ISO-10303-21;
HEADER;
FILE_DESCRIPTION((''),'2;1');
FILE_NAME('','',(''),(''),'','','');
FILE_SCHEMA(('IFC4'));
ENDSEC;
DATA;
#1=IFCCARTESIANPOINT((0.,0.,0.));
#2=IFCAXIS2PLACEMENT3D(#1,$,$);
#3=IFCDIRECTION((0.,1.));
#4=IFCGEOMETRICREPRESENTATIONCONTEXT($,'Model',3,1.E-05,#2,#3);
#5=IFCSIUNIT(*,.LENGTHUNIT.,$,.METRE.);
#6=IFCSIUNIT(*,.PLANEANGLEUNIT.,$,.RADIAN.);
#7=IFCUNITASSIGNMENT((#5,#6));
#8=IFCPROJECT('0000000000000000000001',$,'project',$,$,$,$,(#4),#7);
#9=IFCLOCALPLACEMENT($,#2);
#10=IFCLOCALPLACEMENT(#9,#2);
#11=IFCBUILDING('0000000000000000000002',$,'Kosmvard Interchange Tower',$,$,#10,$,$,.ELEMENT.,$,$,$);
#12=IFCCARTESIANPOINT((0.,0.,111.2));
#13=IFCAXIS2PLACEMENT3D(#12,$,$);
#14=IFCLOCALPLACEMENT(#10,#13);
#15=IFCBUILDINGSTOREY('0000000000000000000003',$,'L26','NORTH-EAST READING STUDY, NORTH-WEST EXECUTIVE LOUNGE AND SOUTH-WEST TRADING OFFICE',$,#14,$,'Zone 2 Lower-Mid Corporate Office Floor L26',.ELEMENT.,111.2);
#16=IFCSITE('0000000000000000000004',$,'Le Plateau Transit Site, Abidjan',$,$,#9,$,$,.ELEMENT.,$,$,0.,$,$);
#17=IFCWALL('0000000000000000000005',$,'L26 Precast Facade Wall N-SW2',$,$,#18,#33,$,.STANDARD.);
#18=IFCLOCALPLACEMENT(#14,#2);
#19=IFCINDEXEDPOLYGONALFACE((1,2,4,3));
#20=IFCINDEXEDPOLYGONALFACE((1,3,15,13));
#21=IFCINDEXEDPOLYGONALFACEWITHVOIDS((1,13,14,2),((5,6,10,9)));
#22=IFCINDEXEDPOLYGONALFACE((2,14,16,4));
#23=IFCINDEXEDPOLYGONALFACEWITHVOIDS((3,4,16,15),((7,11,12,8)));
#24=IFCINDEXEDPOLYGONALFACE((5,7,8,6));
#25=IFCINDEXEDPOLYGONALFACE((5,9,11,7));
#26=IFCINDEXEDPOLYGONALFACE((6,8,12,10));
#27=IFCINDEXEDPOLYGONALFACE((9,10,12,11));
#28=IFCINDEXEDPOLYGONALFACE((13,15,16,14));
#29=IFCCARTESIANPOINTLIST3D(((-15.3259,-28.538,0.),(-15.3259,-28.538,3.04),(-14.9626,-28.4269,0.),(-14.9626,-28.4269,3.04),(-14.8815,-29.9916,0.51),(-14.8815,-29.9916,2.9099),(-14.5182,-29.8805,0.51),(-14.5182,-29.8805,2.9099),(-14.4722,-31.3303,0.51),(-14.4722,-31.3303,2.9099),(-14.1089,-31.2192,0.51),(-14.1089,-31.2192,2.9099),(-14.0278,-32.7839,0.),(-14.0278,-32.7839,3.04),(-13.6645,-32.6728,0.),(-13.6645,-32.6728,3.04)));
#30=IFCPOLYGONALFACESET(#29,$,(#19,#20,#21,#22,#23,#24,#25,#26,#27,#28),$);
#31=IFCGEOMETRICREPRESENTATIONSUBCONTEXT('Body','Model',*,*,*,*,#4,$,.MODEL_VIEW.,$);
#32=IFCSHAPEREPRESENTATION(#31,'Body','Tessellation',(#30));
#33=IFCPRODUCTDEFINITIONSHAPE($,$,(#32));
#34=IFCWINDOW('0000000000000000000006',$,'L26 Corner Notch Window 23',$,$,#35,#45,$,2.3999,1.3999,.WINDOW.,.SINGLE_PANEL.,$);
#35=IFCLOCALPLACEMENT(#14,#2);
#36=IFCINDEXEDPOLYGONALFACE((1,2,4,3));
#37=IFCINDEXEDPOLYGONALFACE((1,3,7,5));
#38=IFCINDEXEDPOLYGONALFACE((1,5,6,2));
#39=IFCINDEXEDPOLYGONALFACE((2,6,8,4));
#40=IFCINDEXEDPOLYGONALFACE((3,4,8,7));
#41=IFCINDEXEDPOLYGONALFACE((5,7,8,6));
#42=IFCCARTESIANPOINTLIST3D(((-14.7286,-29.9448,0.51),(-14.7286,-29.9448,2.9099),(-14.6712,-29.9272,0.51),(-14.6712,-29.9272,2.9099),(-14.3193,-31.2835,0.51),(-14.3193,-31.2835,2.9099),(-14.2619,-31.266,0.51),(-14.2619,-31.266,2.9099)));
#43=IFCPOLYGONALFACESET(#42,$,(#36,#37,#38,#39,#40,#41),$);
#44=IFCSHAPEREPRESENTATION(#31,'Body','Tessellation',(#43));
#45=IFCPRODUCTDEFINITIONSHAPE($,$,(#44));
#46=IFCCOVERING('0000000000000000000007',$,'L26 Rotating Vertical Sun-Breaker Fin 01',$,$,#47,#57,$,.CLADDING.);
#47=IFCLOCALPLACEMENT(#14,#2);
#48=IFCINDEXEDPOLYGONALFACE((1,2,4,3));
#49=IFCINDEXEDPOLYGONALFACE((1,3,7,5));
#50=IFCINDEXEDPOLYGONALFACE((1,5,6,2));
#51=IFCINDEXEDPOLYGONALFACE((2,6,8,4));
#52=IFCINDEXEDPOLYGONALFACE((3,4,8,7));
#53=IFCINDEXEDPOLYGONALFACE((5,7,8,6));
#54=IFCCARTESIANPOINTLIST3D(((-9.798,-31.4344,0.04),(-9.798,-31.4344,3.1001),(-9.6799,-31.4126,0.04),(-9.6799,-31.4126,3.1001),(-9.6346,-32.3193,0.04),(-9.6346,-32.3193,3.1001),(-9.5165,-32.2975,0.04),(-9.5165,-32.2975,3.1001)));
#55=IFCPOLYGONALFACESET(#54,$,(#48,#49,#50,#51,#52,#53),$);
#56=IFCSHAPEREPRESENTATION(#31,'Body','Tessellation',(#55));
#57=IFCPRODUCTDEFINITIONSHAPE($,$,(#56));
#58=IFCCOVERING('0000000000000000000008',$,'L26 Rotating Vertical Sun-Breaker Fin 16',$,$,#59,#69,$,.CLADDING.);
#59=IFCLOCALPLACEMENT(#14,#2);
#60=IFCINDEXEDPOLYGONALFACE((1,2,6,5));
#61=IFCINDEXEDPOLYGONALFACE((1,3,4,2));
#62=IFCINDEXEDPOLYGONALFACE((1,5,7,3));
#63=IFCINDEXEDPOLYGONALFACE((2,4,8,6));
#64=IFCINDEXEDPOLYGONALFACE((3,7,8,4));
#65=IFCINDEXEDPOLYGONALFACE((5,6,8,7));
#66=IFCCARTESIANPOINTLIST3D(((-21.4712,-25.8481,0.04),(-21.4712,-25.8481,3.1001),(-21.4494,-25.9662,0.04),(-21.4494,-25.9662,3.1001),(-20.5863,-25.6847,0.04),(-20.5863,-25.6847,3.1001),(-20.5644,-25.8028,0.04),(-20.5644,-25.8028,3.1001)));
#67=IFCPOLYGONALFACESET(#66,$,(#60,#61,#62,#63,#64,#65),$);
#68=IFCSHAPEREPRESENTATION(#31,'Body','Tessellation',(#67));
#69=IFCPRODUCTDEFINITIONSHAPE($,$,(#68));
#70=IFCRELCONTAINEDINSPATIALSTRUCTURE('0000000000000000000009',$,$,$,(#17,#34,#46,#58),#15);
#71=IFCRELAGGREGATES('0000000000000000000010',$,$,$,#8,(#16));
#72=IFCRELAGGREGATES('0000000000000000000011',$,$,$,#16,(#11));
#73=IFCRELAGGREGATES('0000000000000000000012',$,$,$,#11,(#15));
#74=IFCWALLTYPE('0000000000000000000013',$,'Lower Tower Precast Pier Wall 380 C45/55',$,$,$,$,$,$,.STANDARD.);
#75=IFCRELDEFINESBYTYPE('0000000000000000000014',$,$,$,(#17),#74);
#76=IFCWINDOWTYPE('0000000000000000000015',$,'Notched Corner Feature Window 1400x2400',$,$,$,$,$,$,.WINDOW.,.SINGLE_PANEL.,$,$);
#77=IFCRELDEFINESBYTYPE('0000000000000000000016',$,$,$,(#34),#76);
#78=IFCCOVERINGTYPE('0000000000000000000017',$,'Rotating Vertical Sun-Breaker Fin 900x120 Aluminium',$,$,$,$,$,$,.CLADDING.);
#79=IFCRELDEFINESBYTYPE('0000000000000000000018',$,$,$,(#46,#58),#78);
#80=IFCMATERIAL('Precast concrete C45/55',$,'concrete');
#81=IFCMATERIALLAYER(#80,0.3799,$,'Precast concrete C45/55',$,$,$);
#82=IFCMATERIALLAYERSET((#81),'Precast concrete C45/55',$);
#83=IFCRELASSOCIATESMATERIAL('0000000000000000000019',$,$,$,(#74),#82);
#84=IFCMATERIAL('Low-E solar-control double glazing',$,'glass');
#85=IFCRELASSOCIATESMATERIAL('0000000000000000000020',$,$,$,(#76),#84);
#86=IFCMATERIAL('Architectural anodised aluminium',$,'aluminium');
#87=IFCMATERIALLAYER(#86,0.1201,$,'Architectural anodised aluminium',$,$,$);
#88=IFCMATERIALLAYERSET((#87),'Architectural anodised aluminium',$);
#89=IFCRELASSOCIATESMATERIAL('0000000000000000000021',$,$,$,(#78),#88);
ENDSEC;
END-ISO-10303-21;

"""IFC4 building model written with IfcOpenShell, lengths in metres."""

from ifc_helpers import new_model, si_unit, direction, frame, frame_2d, origin, origin_2d, place, context, subcontext, project, spatial, rectangle, extrude, source, transform, mapped, material, layer, layer_set, type_object, element, fill, save


model = new_model("IFC4")

# Units and contexts
model_context = context("Model", 3, precision=1e-05, world=origin(), true_north=direction((0.0, 1.0)))
body_context = subcontext(model_context, "Body", "Model", "MODEL_VIEW")
ifc_project = project(units=[si_unit("LENGTHUNIT", "METRE"), si_unit("PLANEANGLEUNIT", "RADIAN")], contexts=[model_context])

# Site, building, storey
site_placement = place(None, origin())
site = spatial("IfcSite", under=ifc_project, at=site_placement, Name="Le Plateau Transit Site, Abidjan", CompositionType="ELEMENT", RefElevation=0.0)
building_placement = place(site_placement, origin())
building = spatial("IfcBuilding", under=site, at=building_placement, Name="Kosmvard Interchange Tower", CompositionType="ELEMENT")
storey_placement = place(building_placement, frame((0.0, 0.0, 111.2)))
storey = spatial("IfcBuildingStorey", under=building, at=storey_placement, Name="L26", Description="NORTH-EAST READING STUDY, NORTH-WEST EXECUTIVE LOUNGE AND SOUTH-WEST TRADING OFFICE", LongName="Zone 2 Lower-Mid Corporate Office Floor L26", CompositionType="ELEMENT", Elevation=111.2)

# Shared definitions
ifc_material_1 = material(Name="Precast concrete C45/55", Category="concrete")

# Shared definitions
ifc_layer_1 = layer(ifc_material_1, 0.3799, Name="Precast concrete C45/55")
ifc_layer_set_1 = layer_set([ifc_layer_1], Name="Precast concrete C45/55")
wall_type = type_object("IfcWallType", Name="Lower Tower Precast Pier Wall 380 C45/55", PredefinedType="STANDARD", material=ifc_layer_set_1)
ifc_material_2 = material(Name="Low-E solar-control double glazing", Category="glass")
window_type_1 = type_object("IfcWindowType", Name="Notched Corner Feature Window 1400x2400", PartitioningType="SINGLE_PANEL", PredefinedType="WINDOW", material=ifc_material_2)
shared_shape_1 = source(origin(), body_context, "Body", "SweptSolid", [
    extrude(rectangle(XDim=1.3999, YDim=2.3999, at=frame_2d((0.7, 1.2))), frame((0.0, 0.03, 0.0), z_axis=(0.0, -1.0, 0.0), x_axis=(1.0, 0.0, 0.0)), (0.0, 0.0, 1.0), 0.0601),
])

# Wall, opening, window
wall_1_placement = place(storey_placement, frame((-15.1443, -28.4824, 0.0), z_axis=(0.0, 0.0, 1.0), x_axis=(0.292374, -0.956304, 0.0)))
wall_1 = element("IfcWall", 1, at=wall_1_placement, inside=storey, type_object=wall_type, Name="L26 Precast Facade Wall N-SW2", PredefinedType="STANDARD", context=body_context, shape_type="SweptSolid", body=[
    extrude(rectangle(XDim=4.4399, YDim=0.3799, at=frame_2d((2.22, 0.0))), origin(), (0.0, 0.0, 1.0), 3.04),
])
opening_1_placement = place(wall_1_placement, frame((1.52, 0.0, 0.51)))
opening_1 = element("IfcOpeningElement", 2, at=opening_1_placement, cuts=wall_1, PredefinedType="OPENING", context=body_context, shape_type="SweptSolid", body=[
    extrude(rectangle(XDim=1.3999, YDim=2.3999, at=frame_2d((0.7, 1.2))), frame((0.0, 0.2, 0.0), z_axis=(0.0, -1.0, 0.0), x_axis=(1.0, 0.0, 0.0)), (0.0, 0.0, 1.0), 0.3999),
])
window_1_placement = place(opening_1_placement, origin())
window_1 = element("IfcWindow", 3, at=window_1_placement, inside=storey, type_object=window_type_1, Name="L26 Corner Notch Window 23", OverallHeight=2.3999, OverallWidth=1.3999, PartitioningType="SINGLE_PANEL", PredefinedType="WINDOW", context=body_context, shape_type="MappedRepresentation", body=[
    mapped(shared_shape_1, transform((0.0, 0.0, 0.0), scale=1.0)),
])
fill(opening_1, window_1)

# Coverings
ifc_material_3 = material(Name="Architectural anodised aluminium", Category="aluminium")
ifc_layer_2 = layer(ifc_material_3, 0.1201, Name="Architectural anodised aluminium")
ifc_layer_set_2 = layer_set([ifc_layer_2], Name="Architectural anodised aluminium")
covering_type = type_object("IfcCoveringType", Name="Rotating Vertical Sun-Breaker Fin 900x120 Aluminium", PredefinedType="CLADDING", material=ifc_layer_set_2)
shared_shape_2 = source(origin(), body_context, "Body", "SweptSolid", [
    extrude(rectangle(XDim=0.8999, YDim=0.1201, at=origin_2d()), origin(), (0.0, 0.0, 1.0), 3.0601),
])
for number, where, z_axis, x_axis, name in (
    (4, (-9.6572, -31.866, 0.04), (0.0, 0.0, 1.0), (0.181549, -0.983382, 0.0), "L26 Rotating Vertical Sun-Breaker Fin 01"),
    (5, (-21.0178, -25.8254, 0.04), (0.0, 0.0, 1.0), (-0.983382, -0.181549, 0.0), "L26 Rotating Vertical Sun-Breaker Fin 16"),
):
    element("IfcCovering", number, at=place(storey_placement, frame(where, z_axis=z_axis, x_axis=x_axis)), inside=storey, type_object=covering_type, Name=name, PredefinedType="CLADDING", context=body_context, shape_type="MappedRepresentation", body=[
        mapped(shared_shape_2, transform((0.0, 0.0, 0.0), scale=1.0)),
    ])

save(model, "model.ifc")
